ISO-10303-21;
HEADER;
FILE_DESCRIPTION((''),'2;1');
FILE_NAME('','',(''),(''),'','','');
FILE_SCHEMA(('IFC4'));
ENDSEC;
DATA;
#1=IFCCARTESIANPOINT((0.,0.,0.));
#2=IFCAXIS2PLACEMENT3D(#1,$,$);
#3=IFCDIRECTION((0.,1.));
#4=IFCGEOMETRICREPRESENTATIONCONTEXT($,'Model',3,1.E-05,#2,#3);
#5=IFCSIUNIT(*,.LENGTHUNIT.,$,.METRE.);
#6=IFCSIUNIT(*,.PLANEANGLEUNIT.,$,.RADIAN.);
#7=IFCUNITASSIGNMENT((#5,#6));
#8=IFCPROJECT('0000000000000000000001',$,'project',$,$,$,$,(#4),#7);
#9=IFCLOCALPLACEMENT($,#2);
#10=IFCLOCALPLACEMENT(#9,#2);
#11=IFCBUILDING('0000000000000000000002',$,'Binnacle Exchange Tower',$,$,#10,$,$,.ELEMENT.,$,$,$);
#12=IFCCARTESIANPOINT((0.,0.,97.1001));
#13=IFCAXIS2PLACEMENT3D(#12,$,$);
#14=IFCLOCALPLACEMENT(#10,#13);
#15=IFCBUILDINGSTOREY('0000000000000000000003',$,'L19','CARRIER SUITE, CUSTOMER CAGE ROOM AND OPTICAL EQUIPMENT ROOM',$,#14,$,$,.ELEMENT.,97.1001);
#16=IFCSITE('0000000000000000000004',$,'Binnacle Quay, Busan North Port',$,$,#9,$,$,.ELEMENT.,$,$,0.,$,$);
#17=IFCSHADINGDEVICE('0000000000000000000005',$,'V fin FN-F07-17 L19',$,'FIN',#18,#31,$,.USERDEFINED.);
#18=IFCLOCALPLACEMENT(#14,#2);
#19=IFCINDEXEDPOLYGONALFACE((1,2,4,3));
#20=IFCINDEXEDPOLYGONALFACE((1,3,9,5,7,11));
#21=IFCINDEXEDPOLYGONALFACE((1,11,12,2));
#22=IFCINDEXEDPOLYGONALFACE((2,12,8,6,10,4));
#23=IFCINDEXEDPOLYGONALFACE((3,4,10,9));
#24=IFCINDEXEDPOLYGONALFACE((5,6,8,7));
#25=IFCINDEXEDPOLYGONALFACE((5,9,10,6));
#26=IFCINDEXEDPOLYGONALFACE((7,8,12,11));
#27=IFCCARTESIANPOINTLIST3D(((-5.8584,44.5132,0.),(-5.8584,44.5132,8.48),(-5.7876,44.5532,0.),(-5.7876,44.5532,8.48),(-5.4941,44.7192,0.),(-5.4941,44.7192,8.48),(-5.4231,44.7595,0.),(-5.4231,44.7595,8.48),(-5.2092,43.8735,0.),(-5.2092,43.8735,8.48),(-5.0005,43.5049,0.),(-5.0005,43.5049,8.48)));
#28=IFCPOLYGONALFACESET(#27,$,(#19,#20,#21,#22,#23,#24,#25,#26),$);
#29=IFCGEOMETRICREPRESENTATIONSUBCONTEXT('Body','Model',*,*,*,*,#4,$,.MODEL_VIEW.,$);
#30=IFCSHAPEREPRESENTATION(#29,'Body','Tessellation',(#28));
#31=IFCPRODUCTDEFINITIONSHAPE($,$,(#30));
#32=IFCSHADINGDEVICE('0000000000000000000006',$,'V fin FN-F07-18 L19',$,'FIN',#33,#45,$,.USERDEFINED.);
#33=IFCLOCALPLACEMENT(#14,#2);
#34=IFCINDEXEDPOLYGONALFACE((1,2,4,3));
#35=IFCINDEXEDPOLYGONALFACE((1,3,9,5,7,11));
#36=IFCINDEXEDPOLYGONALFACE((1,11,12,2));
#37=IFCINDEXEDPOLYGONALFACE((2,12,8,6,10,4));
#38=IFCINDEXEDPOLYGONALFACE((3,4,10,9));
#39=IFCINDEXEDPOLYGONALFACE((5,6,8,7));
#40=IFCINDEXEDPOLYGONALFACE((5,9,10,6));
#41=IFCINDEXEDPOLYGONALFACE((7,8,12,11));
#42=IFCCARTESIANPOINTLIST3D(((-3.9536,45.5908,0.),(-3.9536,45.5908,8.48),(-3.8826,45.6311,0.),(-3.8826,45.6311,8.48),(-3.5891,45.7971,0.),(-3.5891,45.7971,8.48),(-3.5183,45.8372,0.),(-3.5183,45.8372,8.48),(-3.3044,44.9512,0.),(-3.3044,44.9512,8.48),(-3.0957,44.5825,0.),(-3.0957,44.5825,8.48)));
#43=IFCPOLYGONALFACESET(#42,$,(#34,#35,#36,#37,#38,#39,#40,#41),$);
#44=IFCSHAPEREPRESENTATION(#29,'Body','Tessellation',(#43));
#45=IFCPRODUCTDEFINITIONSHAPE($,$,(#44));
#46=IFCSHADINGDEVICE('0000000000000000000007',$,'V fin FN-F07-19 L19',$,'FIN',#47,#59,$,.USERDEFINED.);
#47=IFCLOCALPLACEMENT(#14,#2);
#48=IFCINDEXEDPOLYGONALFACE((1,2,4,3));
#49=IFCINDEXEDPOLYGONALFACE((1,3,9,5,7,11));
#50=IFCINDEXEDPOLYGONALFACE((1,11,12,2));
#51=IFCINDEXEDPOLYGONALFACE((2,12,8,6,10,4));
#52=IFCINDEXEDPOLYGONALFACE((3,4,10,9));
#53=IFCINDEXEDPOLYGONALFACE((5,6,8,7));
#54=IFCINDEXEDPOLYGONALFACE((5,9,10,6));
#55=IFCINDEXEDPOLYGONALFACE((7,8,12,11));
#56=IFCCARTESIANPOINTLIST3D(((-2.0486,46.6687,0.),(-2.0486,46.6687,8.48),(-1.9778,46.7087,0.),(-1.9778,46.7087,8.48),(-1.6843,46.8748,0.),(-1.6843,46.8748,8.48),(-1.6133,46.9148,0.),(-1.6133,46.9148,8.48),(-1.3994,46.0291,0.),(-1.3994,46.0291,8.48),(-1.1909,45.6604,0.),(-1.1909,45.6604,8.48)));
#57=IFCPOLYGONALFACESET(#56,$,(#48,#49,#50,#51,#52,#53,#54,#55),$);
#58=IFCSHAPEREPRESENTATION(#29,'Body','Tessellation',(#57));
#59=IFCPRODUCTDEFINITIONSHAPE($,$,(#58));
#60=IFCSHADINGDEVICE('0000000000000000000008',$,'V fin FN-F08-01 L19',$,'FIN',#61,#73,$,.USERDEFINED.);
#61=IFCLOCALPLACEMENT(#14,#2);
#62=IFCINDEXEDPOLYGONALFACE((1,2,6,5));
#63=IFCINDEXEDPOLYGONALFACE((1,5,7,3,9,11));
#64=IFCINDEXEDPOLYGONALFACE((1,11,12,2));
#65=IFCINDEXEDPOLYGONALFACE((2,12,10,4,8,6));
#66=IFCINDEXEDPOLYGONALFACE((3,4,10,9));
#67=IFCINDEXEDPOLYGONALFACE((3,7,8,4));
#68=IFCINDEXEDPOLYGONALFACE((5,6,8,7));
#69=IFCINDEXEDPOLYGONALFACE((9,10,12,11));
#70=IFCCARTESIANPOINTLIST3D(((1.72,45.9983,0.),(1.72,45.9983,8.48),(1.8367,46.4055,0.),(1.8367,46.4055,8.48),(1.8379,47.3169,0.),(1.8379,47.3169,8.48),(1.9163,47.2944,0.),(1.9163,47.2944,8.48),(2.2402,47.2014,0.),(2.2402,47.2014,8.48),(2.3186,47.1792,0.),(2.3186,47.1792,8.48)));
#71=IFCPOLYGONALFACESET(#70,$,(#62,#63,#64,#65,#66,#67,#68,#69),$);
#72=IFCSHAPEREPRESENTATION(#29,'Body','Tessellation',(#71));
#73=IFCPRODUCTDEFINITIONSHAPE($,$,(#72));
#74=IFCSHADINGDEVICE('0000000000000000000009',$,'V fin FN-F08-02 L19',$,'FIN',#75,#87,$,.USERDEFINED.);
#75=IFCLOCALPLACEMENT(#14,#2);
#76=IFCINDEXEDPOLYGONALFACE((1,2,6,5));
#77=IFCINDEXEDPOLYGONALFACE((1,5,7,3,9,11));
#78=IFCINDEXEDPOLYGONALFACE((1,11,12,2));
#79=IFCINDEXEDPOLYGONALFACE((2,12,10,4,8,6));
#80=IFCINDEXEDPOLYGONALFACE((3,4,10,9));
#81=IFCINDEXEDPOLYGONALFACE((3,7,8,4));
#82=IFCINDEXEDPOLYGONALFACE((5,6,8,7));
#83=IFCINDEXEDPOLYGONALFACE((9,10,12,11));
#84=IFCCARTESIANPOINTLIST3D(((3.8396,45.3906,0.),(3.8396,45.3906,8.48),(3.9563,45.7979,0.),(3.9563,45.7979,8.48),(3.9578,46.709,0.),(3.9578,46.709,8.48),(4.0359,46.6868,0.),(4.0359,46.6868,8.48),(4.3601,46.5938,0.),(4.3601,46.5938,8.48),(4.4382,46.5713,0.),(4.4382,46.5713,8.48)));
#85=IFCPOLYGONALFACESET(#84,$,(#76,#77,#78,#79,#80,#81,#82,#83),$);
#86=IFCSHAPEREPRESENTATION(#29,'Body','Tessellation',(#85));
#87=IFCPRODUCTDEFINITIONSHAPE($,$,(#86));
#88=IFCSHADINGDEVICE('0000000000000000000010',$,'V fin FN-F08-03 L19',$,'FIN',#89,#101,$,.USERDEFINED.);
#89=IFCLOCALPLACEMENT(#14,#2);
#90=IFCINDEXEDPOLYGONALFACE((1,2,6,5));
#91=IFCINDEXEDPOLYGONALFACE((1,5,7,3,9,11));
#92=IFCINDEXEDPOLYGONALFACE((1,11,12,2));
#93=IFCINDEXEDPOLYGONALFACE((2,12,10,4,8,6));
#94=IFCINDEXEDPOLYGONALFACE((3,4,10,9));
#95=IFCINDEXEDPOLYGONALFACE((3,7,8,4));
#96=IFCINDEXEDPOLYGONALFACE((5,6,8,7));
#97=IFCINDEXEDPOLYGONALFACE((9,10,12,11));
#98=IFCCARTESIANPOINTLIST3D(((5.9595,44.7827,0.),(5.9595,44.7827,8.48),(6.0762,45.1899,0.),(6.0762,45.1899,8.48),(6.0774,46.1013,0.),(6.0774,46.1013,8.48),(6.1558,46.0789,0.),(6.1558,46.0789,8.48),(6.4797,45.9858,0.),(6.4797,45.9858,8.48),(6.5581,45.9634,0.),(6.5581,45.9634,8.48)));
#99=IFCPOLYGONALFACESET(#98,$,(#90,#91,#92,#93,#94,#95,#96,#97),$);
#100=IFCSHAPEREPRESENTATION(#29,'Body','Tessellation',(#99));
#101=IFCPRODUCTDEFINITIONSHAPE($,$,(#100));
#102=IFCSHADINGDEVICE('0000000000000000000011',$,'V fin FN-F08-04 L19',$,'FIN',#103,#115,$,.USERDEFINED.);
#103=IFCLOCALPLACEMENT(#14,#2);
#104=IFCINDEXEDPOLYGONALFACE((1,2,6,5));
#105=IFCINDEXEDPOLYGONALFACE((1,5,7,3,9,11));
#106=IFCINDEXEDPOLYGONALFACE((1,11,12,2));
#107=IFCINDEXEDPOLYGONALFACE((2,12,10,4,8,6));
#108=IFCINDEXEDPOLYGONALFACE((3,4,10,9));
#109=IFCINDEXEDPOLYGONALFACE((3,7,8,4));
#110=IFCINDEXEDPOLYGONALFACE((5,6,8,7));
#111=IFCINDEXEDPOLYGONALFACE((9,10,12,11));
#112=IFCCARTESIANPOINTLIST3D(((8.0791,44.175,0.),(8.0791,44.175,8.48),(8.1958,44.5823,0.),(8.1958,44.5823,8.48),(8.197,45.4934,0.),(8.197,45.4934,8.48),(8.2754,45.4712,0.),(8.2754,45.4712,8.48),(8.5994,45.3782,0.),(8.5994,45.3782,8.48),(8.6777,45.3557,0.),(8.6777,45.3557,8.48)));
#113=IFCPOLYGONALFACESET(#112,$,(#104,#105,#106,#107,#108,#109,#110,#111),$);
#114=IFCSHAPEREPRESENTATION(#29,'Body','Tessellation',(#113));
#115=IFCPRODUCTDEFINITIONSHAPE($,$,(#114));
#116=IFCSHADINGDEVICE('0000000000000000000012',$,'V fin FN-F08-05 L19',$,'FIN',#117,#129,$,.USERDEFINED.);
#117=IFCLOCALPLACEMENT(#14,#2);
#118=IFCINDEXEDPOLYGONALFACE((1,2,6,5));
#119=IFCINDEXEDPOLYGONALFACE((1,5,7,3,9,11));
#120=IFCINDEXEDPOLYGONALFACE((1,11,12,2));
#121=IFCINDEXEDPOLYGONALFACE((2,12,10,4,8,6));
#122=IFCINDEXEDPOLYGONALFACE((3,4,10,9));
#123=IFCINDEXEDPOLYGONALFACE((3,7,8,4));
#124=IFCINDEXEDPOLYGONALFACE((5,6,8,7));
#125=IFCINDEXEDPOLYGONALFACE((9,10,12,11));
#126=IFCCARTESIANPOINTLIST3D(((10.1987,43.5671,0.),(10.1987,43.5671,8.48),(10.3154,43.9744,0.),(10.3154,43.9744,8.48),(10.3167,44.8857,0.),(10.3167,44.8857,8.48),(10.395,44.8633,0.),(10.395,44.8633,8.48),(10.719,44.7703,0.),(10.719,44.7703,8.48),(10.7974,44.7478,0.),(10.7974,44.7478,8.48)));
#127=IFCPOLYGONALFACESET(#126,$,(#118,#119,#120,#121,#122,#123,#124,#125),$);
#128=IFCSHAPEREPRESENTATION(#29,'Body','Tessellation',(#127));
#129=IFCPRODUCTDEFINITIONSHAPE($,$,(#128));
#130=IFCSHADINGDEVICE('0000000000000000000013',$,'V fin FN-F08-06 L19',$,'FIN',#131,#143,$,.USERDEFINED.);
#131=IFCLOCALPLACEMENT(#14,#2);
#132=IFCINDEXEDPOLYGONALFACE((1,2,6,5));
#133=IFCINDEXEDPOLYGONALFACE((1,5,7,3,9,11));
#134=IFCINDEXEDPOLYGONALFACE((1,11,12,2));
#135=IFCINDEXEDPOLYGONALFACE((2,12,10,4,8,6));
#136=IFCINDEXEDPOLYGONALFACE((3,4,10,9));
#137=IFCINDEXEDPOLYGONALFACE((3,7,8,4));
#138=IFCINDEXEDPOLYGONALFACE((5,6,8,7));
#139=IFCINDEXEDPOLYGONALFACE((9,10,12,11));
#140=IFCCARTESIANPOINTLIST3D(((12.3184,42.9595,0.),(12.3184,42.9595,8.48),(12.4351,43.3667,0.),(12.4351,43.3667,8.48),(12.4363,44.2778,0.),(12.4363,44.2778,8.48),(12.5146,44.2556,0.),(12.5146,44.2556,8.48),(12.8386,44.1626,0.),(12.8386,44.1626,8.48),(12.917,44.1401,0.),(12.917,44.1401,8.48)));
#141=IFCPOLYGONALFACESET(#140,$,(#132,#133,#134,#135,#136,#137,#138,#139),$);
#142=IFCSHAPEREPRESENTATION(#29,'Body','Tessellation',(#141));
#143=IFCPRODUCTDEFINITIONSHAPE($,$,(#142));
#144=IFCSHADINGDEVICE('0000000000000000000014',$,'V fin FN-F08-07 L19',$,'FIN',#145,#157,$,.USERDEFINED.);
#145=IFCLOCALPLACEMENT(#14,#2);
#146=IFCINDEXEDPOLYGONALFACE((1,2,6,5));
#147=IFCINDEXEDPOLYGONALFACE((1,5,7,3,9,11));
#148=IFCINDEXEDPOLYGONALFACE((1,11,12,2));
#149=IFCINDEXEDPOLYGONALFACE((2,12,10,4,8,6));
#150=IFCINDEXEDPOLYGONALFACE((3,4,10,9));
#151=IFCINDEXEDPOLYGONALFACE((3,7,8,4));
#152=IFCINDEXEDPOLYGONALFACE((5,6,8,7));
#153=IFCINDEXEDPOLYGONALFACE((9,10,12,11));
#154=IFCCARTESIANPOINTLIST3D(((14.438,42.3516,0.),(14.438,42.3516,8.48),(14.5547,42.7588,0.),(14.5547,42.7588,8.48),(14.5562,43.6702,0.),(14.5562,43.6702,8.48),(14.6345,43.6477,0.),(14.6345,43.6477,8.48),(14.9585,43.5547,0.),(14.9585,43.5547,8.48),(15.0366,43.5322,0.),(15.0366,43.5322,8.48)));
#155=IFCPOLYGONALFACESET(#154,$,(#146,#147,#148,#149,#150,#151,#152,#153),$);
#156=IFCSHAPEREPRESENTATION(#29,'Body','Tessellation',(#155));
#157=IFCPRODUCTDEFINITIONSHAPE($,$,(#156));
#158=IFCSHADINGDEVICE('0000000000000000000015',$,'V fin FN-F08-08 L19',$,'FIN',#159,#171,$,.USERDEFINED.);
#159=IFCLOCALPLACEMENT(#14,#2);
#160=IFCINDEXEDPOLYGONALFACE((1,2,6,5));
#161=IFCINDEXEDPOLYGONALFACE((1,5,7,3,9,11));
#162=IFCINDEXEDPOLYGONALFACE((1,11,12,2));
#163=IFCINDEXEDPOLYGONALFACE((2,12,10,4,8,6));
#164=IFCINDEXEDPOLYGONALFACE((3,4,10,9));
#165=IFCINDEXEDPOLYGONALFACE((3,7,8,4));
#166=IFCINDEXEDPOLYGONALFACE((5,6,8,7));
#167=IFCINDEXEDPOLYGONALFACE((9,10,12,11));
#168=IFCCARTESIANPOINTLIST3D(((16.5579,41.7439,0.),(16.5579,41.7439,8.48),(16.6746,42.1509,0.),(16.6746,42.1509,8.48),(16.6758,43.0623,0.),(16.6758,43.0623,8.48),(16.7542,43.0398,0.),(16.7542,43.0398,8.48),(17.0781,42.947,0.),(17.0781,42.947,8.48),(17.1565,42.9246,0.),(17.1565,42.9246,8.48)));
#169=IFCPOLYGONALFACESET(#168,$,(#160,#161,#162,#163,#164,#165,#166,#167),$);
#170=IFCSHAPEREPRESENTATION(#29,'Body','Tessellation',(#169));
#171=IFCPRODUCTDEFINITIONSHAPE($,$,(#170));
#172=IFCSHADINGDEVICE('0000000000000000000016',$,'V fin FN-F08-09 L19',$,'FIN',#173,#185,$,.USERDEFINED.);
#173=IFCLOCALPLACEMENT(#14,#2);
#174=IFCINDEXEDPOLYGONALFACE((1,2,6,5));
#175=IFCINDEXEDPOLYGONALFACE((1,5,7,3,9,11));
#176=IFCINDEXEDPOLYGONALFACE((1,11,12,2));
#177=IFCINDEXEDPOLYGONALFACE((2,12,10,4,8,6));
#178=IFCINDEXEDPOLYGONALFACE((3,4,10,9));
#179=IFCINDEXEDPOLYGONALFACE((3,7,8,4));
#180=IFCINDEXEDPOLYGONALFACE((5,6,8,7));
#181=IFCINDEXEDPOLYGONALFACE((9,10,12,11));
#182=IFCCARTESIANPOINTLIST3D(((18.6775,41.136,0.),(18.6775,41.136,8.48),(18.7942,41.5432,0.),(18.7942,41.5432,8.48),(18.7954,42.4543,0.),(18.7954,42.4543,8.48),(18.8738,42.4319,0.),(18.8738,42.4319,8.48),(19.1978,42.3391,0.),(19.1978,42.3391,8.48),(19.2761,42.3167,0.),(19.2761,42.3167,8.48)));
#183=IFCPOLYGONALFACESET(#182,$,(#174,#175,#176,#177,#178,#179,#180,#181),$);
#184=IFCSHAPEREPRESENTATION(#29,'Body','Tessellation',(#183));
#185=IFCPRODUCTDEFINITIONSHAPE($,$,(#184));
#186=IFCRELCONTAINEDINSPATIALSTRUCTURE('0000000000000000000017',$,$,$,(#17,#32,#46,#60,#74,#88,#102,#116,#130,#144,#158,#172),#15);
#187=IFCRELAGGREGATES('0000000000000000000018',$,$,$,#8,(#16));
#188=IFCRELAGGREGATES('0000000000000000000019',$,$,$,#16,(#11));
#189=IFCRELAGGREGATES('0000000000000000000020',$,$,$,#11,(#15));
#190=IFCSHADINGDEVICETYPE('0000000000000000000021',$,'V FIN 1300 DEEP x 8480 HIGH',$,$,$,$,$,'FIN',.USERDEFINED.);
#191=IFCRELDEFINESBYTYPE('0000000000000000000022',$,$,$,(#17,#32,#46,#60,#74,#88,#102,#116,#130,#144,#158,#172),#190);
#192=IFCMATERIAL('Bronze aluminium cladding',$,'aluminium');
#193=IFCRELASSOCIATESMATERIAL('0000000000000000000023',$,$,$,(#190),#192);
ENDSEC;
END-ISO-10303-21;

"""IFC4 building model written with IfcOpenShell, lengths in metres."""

from ifc_helpers import new_model, si_unit, direction, frame, origin, place, context, subcontext, project, spatial, polyline, outline, extrude, material, type_object, element, save


model = new_model("IFC4")

# Units and contexts
model_context = context("Model", 3, precision=1e-05, world=origin(), true_north=direction((0.0, 1.0)))
body_context = subcontext(model_context, "Body", "Model", "MODEL_VIEW")
ifc_project = project(units=[si_unit("LENGTHUNIT", "METRE"), si_unit("PLANEANGLEUNIT", "RADIAN")], contexts=[model_context])

# Site, building, storey
site_placement = place(None, origin())
site = spatial("IfcSite", under=ifc_project, at=site_placement, Name="Binnacle Quay, Busan North Port", CompositionType="ELEMENT", RefElevation=0.0)
building_placement = place(site_placement, origin())
building = spatial("IfcBuilding", under=site, at=building_placement, Name="Binnacle Exchange Tower", CompositionType="ELEMENT")
storey_placement = place(building_placement, frame((0.0, 0.0, 97.1001)))
storey = spatial("IfcBuildingStorey", under=building, at=storey_placement, Name="L19", Description="CARRIER SUITE, CUSTOMER CAGE ROOM AND OPTICAL EQUIPMENT ROOM", CompositionType="ELEMENT", Elevation=97.1001)

# Shading devices
ifc_material = material(Name="Bronze aluminium cladding", Category="aluminium")
shading_device_type = type_object("IfcShadingDeviceType", Name="V FIN 1300 DEEP x 8480 HIGH", ElementType="FIN", PredefinedType="USERDEFINED", material=ifc_material)
shading_device_1_placement = place(storey_placement, origin())
element("IfcShadingDevice", 1, at=shading_device_1_placement, inside=storey, type_object=shading_device_type, Name="V fin FN-F07-17 L19", ObjectType="FIN", PredefinedType="USERDEFINED", context=body_context, shape_type="SweptSolid", body=[
    extrude(outline(polyline([(-5.8584, 44.5132), (-5.0005, 43.5049), (-5.4231, 44.7595), (-5.4941, 44.7192), (-5.2092, 43.8735), (-5.7876, 44.5532), (-5.8584, 44.5132)])), origin(), (0.0, 0.0, 1.0), 8.48),
])
shading_device_2_placement = place(storey_placement, origin())
element("IfcShadingDevice", 2, at=shading_device_2_placement, inside=storey, type_object=shading_device_type, Name="V fin FN-F07-18 L19", ObjectType="FIN", PredefinedType="USERDEFINED", context=body_context, shape_type="SweptSolid", body=[
    extrude(outline(polyline([(-3.9536, 45.5908), (-3.0957, 44.5825), (-3.5183, 45.8372), (-3.5891, 45.7971), (-3.3044, 44.9512), (-3.8826, 45.6311), (-3.9536, 45.5908)])), origin(), (0.0, 0.0, 1.0), 8.48),
])
shading_device_3_placement = place(storey_placement, origin())
element("IfcShadingDevice", 3, at=shading_device_3_placement, inside=storey, type_object=shading_device_type, Name="V fin FN-F07-19 L19", ObjectType="FIN", PredefinedType="USERDEFINED", context=body_context, shape_type="SweptSolid", body=[
    extrude(outline(polyline([(-2.0486, 46.6687), (-1.1909, 45.6604), (-1.6133, 46.9148), (-1.6843, 46.8748), (-1.3994, 46.0291), (-1.9778, 46.7087), (-2.0486, 46.6687)])), origin(), (0.0, 0.0, 1.0), 8.48),
])
shading_device_4_placement = place(storey_placement, origin())
element("IfcShadingDevice", 4, at=shading_device_4_placement, inside=storey, type_object=shading_device_type, Name="V fin FN-F08-01 L19", ObjectType="FIN", PredefinedType="USERDEFINED", context=body_context, shape_type="SweptSolid", body=[
    extrude(outline(polyline([(1.8379, 47.3169), (1.72, 45.9983), (2.3186, 47.1792), (2.2402, 47.2014), (1.8367, 46.4055), (1.9163, 47.2944), (1.8379, 47.3169)])), origin(), (0.0, 0.0, 1.0), 8.48),
])
shading_device_5_placement = place(storey_placement, origin())
element("IfcShadingDevice", 5, at=shading_device_5_placement, inside=storey, type_object=shading_device_type, Name="V fin FN-F08-02 L19", ObjectType="FIN", PredefinedType="USERDEFINED", context=body_context, shape_type="SweptSolid", body=[
    extrude(outline(polyline([(3.9578, 46.709), (3.8396, 45.3906), (4.4382, 46.5713), (4.3601, 46.5938), (3.9563, 45.7979), (4.0359, 46.6868), (3.9578, 46.709)])), origin(), (0.0, 0.0, 1.0), 8.48),
])
shading_device_6_placement = place(storey_placement, origin())
element("IfcShadingDevice", 6, at=shading_device_6_placement, inside=storey, type_object=shading_device_type, Name="V fin FN-F08-03 L19", ObjectType="FIN", PredefinedType="USERDEFINED", context=body_context, shape_type="SweptSolid", body=[
    extrude(outline(polyline([(6.0774, 46.1013), (5.9595, 44.7827), (6.5581, 45.9634), (6.4797, 45.9858), (6.0762, 45.1899), (6.1558, 46.0789), (6.0774, 46.1013)])), origin(), (0.0, 0.0, 1.0), 8.48),
])
shading_device_7_placement = place(storey_placement, origin())
element("IfcShadingDevice", 7, at=shading_device_7_placement, inside=storey, type_object=shading_device_type, Name="V fin FN-F08-04 L19", ObjectType="FIN", PredefinedType="USERDEFINED", context=body_context, shape_type="SweptSolid", body=[
    extrude(outline(polyline([(8.197, 45.4934), (8.0791, 44.175), (8.6777, 45.3557), (8.5994, 45.3782), (8.1958, 44.5823), (8.2754, 45.4712), (8.197, 45.4934)])), origin(), (0.0, 0.0, 1.0), 8.48),
])
shading_device_8_placement = place(storey_placement, origin())
element("IfcShadingDevice", 8, at=shading_device_8_placement, inside=storey, type_object=shading_device_type, Name="V fin FN-F08-05 L19", ObjectType="FIN", PredefinedType="USERDEFINED", context=body_context, shape_type="SweptSolid", body=[
    extrude(outline(polyline([(10.3167, 44.8857), (10.1987, 43.5671), (10.7974, 44.7478), (10.719, 44.7703), (10.3154, 43.9744), (10.395, 44.8633), (10.3167, 44.8857)])), origin(), (0.0, 0.0, 1.0), 8.48),
])
shading_device_9_placement = place(storey_placement, origin())
element("IfcShadingDevice", 9, at=shading_device_9_placement, inside=storey, type_object=shading_device_type, Name="V fin FN-F08-06 L19", ObjectType="FIN", PredefinedType="USERDEFINED", context=body_context, shape_type="SweptSolid", body=[
    extrude(outline(polyline([(12.4363, 44.2778), (12.3184, 42.9595), (12.917, 44.1401), (12.8386, 44.1626), (12.4351, 43.3667), (12.5146, 44.2556), (12.4363, 44.2778)])), origin(), (0.0, 0.0, 1.0), 8.48),
])
shading_device_10_placement = place(storey_placement, origin())
element("IfcShadingDevice", 10, at=shading_device_10_placement, inside=storey, type_object=shading_device_type, Name="V fin FN-F08-07 L19", ObjectType="FIN", PredefinedType="USERDEFINED", context=body_context, shape_type="SweptSolid", body=[
    extrude(outline(polyline([(14.5562, 43.6702), (14.438, 42.3516), (15.0366, 43.5322), (14.9585, 43.5547), (14.5547, 42.7588), (14.6345, 43.6477), (14.5562, 43.6702)])), origin(), (0.0, 0.0, 1.0), 8.48),
])
shading_device_11_placement = place(storey_placement, origin())
element("IfcShadingDevice", 11, at=shading_device_11_placement, inside=storey, type_object=shading_device_type, Name="V fin FN-F08-08 L19", ObjectType="FIN", PredefinedType="USERDEFINED", context=body_context, shape_type="SweptSolid", body=[
    extrude(outline(polyline([(16.6758, 43.0623), (16.5579, 41.7439), (17.1565, 42.9246), (17.0781, 42.947), (16.6746, 42.1509), (16.7542, 43.0398), (16.6758, 43.0623)])), origin(), (0.0, 0.0, 1.0), 8.48),
])
shading_device_12_placement = place(storey_placement, origin())
element("IfcShadingDevice", 12, at=shading_device_12_placement, inside=storey, type_object=shading_device_type, Name="V fin FN-F08-09 L19", ObjectType="FIN", PredefinedType="USERDEFINED", context=body_context, shape_type="SweptSolid", body=[
    extrude(outline(polyline([(18.7954, 42.4543), (18.6775, 41.136), (19.2761, 42.3167), (19.1978, 42.3391), (18.7942, 41.5432), (18.8738, 42.4319), (18.7954, 42.4543)])), origin(), (0.0, 0.0, 1.0), 8.48),
])

save(model, "model.ifc")
